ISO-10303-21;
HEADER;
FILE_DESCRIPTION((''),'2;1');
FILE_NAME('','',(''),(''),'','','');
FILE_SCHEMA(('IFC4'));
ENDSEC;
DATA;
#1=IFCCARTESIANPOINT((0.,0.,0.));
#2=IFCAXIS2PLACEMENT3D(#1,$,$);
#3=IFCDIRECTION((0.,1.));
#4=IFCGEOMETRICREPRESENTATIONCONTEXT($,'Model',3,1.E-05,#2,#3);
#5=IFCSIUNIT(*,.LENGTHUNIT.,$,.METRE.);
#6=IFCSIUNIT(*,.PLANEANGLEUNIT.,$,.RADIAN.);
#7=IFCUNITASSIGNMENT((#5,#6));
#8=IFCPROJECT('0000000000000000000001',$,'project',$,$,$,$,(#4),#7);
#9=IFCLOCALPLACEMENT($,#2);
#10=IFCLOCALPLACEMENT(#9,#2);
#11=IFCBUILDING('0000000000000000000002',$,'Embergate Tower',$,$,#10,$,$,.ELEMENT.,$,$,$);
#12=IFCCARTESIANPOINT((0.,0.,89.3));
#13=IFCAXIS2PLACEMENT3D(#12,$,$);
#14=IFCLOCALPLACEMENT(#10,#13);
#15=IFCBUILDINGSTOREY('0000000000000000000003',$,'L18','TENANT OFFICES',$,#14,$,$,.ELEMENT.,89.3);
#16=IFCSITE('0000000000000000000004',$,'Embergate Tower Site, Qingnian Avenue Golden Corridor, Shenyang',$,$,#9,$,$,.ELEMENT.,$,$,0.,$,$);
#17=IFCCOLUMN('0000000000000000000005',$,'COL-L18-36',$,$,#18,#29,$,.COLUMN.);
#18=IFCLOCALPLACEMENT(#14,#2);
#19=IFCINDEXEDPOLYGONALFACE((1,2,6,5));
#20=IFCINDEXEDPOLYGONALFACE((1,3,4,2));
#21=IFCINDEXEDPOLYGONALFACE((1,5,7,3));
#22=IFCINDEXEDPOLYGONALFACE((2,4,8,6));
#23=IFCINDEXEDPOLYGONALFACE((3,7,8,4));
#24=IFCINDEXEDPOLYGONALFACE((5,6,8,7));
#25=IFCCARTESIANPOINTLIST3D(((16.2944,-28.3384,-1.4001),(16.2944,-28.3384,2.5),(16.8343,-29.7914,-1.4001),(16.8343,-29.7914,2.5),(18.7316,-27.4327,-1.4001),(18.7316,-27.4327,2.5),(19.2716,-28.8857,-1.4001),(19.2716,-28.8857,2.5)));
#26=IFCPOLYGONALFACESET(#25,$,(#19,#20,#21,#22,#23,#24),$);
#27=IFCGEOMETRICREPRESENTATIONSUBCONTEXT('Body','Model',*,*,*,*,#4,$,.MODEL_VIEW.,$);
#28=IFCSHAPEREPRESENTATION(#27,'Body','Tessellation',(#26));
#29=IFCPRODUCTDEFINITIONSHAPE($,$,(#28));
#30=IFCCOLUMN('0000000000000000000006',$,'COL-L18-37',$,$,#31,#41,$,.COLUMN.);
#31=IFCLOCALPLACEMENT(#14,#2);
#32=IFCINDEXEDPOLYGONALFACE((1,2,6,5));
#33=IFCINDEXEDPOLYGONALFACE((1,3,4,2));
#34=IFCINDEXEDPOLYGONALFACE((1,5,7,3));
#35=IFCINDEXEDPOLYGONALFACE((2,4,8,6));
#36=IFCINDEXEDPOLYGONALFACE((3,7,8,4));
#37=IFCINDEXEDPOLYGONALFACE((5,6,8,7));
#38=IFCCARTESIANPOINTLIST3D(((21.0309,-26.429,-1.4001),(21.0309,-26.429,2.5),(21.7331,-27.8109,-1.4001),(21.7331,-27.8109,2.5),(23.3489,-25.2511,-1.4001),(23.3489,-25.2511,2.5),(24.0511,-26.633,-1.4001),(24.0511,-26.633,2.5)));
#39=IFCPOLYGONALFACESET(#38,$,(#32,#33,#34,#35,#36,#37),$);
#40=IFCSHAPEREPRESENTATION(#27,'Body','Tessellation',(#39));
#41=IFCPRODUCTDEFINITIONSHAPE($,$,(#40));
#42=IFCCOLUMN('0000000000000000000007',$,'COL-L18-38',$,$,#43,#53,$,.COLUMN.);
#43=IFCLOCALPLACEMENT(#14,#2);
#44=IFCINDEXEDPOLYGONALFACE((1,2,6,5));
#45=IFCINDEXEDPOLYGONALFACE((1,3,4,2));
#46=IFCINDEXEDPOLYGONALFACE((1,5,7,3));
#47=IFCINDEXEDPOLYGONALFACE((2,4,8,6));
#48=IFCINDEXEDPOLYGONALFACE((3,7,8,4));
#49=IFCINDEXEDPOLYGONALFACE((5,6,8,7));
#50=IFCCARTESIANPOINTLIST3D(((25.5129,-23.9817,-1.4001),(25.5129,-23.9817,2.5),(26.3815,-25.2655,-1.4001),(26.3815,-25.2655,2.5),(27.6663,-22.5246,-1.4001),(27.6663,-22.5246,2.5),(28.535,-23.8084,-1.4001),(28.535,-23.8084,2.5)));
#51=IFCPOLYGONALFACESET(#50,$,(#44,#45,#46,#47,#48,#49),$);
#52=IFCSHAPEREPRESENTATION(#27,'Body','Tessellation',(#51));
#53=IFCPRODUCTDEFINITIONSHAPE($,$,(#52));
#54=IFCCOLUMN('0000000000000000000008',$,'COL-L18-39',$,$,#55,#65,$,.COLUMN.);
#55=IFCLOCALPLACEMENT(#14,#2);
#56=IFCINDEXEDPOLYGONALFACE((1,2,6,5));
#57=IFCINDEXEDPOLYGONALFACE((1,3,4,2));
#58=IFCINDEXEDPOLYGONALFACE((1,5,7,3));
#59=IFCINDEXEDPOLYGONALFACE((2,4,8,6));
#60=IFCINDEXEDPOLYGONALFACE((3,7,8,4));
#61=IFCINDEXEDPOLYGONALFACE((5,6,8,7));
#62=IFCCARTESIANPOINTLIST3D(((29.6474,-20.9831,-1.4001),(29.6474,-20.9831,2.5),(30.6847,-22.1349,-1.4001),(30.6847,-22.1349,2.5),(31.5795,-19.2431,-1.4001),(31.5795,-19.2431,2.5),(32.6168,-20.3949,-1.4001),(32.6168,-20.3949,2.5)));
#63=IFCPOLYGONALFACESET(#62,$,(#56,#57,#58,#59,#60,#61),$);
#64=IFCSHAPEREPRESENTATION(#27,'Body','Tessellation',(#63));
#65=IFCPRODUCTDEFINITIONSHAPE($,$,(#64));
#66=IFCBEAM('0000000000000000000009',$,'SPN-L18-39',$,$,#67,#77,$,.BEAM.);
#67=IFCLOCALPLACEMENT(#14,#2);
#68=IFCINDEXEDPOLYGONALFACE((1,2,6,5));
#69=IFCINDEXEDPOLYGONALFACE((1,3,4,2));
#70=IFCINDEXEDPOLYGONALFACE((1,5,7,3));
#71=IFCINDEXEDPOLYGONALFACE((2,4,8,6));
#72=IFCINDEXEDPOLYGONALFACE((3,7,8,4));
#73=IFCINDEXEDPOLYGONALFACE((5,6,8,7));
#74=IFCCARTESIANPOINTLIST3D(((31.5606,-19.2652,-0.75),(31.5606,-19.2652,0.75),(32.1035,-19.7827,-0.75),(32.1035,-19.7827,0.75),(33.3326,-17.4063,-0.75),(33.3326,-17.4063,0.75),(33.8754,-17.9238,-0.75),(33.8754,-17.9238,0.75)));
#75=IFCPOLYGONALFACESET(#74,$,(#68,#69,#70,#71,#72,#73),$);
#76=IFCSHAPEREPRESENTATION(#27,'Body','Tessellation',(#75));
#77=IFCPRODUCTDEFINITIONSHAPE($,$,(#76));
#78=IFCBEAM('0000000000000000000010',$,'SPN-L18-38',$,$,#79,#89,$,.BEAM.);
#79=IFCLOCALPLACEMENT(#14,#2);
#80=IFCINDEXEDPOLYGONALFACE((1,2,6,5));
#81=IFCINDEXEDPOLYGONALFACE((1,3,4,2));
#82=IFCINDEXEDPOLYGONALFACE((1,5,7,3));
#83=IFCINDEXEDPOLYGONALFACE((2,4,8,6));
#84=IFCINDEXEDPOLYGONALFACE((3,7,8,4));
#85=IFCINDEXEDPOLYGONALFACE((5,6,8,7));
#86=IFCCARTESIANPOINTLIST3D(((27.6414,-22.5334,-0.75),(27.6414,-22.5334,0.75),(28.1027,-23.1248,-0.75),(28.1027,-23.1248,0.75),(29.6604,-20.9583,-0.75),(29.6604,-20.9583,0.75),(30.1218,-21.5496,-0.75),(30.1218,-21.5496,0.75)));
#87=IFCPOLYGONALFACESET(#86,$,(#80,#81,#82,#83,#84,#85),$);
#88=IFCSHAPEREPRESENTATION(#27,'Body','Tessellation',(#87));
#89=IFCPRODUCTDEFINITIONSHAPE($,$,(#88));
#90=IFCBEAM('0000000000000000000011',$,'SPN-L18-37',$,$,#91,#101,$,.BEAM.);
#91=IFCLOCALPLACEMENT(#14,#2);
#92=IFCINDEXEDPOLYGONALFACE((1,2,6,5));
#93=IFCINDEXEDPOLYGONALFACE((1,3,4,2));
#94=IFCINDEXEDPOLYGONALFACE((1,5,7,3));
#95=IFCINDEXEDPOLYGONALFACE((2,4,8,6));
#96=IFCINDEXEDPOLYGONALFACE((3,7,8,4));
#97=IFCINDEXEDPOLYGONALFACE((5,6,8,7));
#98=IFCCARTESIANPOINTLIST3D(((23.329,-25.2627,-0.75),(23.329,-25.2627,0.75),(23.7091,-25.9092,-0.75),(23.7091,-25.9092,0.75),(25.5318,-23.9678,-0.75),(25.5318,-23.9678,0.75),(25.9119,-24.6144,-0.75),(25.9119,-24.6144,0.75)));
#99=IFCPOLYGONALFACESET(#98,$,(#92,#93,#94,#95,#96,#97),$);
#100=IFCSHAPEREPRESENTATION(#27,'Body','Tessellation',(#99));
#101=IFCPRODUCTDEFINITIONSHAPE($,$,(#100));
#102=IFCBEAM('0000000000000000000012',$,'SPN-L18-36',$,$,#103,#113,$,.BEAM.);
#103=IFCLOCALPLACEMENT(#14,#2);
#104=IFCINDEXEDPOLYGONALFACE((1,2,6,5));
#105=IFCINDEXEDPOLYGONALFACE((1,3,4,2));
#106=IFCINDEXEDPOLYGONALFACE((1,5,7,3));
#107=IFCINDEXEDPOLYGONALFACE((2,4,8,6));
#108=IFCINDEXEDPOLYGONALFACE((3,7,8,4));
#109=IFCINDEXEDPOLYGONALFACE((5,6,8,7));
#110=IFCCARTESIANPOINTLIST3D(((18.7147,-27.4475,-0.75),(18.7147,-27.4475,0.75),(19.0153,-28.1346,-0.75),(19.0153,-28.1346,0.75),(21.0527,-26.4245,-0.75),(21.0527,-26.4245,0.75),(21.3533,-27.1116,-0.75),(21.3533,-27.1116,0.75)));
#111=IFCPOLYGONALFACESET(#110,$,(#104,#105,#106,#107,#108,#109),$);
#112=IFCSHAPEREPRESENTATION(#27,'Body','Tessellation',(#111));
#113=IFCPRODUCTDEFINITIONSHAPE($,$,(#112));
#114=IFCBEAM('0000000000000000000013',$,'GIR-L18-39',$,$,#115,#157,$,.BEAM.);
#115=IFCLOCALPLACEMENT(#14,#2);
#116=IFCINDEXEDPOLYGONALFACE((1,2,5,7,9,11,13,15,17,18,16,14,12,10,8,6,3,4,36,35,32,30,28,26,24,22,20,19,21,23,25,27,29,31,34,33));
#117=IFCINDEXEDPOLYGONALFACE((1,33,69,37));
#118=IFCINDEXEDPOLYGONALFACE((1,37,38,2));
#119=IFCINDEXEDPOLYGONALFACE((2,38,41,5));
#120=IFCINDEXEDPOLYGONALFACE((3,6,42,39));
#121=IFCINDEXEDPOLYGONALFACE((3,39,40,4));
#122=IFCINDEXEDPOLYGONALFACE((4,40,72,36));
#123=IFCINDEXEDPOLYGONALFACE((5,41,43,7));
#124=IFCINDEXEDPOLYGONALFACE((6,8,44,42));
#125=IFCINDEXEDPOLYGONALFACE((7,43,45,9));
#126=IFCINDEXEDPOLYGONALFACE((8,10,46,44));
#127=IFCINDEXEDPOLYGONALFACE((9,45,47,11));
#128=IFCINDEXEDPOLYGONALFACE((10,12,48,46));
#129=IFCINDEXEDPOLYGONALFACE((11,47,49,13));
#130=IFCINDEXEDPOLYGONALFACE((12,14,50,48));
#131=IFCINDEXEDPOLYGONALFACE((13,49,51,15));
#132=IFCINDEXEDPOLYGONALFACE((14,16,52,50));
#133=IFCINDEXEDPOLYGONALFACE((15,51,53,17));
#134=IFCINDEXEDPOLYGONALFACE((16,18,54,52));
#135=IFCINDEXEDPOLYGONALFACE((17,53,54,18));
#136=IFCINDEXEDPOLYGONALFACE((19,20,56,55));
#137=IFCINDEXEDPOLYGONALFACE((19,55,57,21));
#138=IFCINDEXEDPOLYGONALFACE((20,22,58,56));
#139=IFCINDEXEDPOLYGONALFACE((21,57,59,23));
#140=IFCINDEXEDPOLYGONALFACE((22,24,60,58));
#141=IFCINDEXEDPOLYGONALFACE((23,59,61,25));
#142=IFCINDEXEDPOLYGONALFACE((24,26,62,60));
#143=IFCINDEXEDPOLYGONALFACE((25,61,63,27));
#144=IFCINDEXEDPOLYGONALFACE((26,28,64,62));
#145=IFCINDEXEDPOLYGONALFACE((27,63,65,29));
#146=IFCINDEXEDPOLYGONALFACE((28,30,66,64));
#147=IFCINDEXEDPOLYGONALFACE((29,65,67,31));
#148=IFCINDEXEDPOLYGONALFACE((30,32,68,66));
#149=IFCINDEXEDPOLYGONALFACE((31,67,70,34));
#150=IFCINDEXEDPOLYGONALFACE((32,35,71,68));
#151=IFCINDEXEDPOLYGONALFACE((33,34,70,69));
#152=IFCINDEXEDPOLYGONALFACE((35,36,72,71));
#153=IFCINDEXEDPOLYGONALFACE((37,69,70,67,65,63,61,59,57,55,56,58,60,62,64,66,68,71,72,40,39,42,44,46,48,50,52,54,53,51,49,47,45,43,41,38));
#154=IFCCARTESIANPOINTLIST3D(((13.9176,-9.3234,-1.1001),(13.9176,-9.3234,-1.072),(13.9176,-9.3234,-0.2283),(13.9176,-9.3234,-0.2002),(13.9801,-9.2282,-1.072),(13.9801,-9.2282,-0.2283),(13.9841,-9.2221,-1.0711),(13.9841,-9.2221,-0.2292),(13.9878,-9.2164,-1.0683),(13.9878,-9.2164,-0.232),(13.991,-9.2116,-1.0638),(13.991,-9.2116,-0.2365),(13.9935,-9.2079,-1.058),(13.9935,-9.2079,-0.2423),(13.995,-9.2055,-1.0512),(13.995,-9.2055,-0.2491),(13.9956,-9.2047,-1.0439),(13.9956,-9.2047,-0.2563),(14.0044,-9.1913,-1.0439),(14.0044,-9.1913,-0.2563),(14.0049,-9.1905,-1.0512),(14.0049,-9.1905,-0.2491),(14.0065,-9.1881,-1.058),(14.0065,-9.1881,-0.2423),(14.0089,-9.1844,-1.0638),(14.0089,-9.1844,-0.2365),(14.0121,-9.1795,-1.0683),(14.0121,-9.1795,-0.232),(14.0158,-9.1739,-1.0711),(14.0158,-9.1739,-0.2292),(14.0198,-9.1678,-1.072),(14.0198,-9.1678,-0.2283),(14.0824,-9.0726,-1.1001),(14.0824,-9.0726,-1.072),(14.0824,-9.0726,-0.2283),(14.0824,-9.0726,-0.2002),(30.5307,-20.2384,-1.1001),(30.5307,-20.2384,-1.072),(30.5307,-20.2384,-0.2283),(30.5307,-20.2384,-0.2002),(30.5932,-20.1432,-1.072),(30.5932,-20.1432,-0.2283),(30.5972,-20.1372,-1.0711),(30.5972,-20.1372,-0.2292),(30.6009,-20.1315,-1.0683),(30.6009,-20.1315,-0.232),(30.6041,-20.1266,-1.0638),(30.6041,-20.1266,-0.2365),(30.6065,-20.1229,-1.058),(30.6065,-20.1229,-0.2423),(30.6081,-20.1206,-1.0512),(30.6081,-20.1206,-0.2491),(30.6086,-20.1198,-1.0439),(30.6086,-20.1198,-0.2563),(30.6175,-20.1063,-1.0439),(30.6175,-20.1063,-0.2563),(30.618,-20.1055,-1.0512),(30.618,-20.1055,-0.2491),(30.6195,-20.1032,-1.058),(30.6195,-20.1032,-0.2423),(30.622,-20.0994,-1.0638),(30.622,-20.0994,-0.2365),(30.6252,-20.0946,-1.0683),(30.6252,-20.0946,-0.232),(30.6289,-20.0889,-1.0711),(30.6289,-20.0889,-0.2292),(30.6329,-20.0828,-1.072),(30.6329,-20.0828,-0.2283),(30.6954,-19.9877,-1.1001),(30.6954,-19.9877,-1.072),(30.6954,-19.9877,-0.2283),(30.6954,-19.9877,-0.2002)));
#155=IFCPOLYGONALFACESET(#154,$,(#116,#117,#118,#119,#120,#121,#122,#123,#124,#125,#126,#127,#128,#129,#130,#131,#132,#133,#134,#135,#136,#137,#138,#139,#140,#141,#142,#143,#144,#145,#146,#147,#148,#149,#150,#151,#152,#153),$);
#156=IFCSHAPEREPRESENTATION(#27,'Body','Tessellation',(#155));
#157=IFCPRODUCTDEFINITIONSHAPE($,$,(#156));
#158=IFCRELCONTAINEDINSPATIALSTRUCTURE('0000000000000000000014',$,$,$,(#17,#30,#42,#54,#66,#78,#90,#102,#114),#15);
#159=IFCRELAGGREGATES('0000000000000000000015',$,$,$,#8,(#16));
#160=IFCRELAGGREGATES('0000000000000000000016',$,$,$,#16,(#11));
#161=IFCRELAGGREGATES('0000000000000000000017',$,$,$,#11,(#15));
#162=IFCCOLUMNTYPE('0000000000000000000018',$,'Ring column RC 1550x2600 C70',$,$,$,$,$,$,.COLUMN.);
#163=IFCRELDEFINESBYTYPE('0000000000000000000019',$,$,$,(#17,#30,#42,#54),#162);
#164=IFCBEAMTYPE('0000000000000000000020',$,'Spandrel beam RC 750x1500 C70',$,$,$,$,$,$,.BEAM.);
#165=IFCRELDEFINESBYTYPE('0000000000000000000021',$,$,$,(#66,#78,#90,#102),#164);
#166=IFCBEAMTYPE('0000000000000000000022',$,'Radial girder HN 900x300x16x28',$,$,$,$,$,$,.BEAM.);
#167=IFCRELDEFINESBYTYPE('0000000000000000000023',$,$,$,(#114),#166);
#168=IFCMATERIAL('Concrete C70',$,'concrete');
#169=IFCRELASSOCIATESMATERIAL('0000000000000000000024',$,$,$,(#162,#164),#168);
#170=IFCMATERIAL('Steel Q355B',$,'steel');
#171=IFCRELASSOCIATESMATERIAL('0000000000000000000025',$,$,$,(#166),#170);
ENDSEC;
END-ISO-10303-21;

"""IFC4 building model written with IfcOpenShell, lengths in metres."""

from ifc_helpers import new_model, si_unit, direction, frame, origin, origin_2d, place, context, subcontext, project, spatial, rectangle, i_section, extrude, source, transform, mapped, material, material_profile, profile_set, type_object, element, save


model = new_model("IFC4")

# Units and contexts
model_context = context("Model", 3, precision=1e-05, world=origin(), true_north=direction((0.0, 1.0)))
body_context = subcontext(model_context, "Body", "Model", "MODEL_VIEW")
ifc_project = project(units=[si_unit("LENGTHUNIT", "METRE"), si_unit("PLANEANGLEUNIT", "RADIAN")], contexts=[model_context])

# Site, building, storey
site_placement = place(None, origin())
site = spatial("IfcSite", under=ifc_project, at=site_placement, Name="Embergate Tower Site, Qingnian Avenue Golden Corridor, Shenyang", CompositionType="ELEMENT", RefElevation=0.0)
building_placement = place(site_placement, origin())
building = spatial("IfcBuilding", under=site, at=building_placement, Name="Embergate Tower", CompositionType="ELEMENT")
storey_placement = place(building_placement, frame((0.0, 0.0, 89.3)))
storey = spatial("IfcBuildingStorey", under=building, at=storey_placement, Name="L18", Description="TENANT OFFICES", CompositionType="ELEMENT", Elevation=89.3)

# Columns
ifc_material_1 = material(Name="Concrete C70", Category="concrete")
ifc_material_profile_1 = material_profile(ifc_material_1, rectangle(XDim=1.55, YDim=2.6001, at=origin_2d()), Name="RC 1550x2600")
ifc_profile_set_1 = profile_set([ifc_material_profile_1], Name="Concrete C70")
column_type = type_object("IfcColumnType", Name="Ring column RC 1550x2600 C70", PredefinedType="COLUMN", material=ifc_profile_set_1)
shared_shape_1 = source(origin(), body_context, "Body", "SweptSolid", [
    extrude(rectangle(XDim=1.55, YDim=2.6001, at=origin_2d()), origin(), (0.0, 0.0, 1.0), 3.9001),
])
for number, where, z_axis, x_axis, name in (
    (1, (17.783, -28.6121, -1.4001), (0.0, 0.0, 1.0), (0.348343, -0.937367, 0.0), "COL-L18-36"),
    (2, (22.541, -26.531, -1.4001), (0.0, 0.0, 1.0), (0.452995, -0.891513, 0.0), "COL-L18-37"),
    (3, (27.0239, -23.895, -1.4001), (0.0, 0.0, 1.0), (0.560393, -0.828227, 0.0), "COL-L18-38"),
    (4, (31.1321, -20.689, -1.4001), (0.0, 0.0, 1.0), (0.669208, -0.743075, 0.0), "COL-L18-39"),
):
    element("IfcColumn", number, at=place(storey_placement, frame(where, z_axis=z_axis, x_axis=x_axis)), inside=storey, type_object=column_type, Name=name, PredefinedType="COLUMN", context=body_context, shape_type="MappedRepresentation", body=[
        mapped(shared_shape_1, transform((0.0, 0.0, 0.0))),
    ])

# Beams
ifc_material_profile_2 = material_profile(ifc_material_1, rectangle(XDim=0.75, YDim=1.5, at=origin_2d()), Name="RC 750x1500")
ifc_profile_set_2 = profile_set([ifc_material_profile_2], Name="Concrete C70")
beam_type_1 = type_object("IfcBeamType", Name="Spandrel beam RC 750x1500 C70", PredefinedType="BEAM", material=ifc_profile_set_2)
shared_shape_2 = source(origin(), body_context, "Body", "SweptSolid", [
    extrude(rectangle(XDim=0.75, YDim=1.5, at=origin_2d()), origin(), (0.0, 0.0, 1.0), 2.5681),
])
beam_1_placement = place(storey_placement, frame((31.832, -19.5239, 0.0), z_axis=(0.689983, 0.723826, 0.0), x_axis=(-0.723826, 0.689983, 0.0)))
element("IfcBeam", 5, at=beam_1_placement, inside=storey, type_object=beam_type_1, Name="SPN-L18-39", PredefinedType="BEAM", context=body_context, shape_type="MappedRepresentation", body=[
    mapped(shared_shape_2, transform((0.0, 0.0, 0.0))),
])
shared_shape_3 = source(origin(), body_context, "Body", "SweptSolid", [
    extrude(rectangle(XDim=0.75, YDim=1.5, at=origin_2d()), origin(), (0.0, 0.0, 1.0), 2.5608),
])
beam_2_placement = place(storey_placement, frame((27.8721, -22.8291, 0.0), z_axis=(0.788438, 0.615115, 0.0), x_axis=(-0.615115, 0.788438, 0.0)))
element("IfcBeam", 6, at=beam_2_placement, inside=storey, type_object=beam_type_1, Name="SPN-L18-38", PredefinedType="BEAM", context=body_context, shape_type="MappedRepresentation", body=[
    mapped(shared_shape_3, transform((0.0, 0.0, 0.0))),
])
shared_shape_4 = source(origin(), body_context, "Body", "SweptSolid", [
    extrude(rectangle(XDim=0.75, YDim=1.5, at=origin_2d()), origin(), (0.0, 0.0, 1.0), 2.5552),
])
beam_3_placement = place(storey_placement, frame((23.519, -25.5859, 0.0), z_axis=(0.862086, 0.506761, 0.0), x_axis=(-0.506761, 0.862086, 0.0)))
element("IfcBeam", 7, at=beam_3_placement, inside=storey, type_object=beam_type_1, Name="SPN-L18-37", PredefinedType="BEAM", context=body_context, shape_type="MappedRepresentation", body=[
    mapped(shared_shape_4, transform((0.0, 0.0, 0.0))),
])
shared_shape_5 = source(origin(), body_context, "Body", "SweptSolid", [
    extrude(rectangle(XDim=0.75, YDim=1.5, at=origin_2d()), origin(), (0.0, 0.0, 1.0), 2.552),
])
beam_4_placement = place(storey_placement, frame((18.865, -27.791, 0.0), z_axis=(0.91614, 0.400859, 0.0), x_axis=(-0.400859, 0.91614, 0.0)))
element("IfcBeam", 8, at=beam_4_placement, inside=storey, type_object=beam_type_1, Name="SPN-L18-36", PredefinedType="BEAM", context=body_context, shape_type="MappedRepresentation", body=[
    mapped(shared_shape_5, transform((0.0, 0.0, 0.0))),
])
ifc_material_2 = material(Name="Steel Q355B", Category="steel")
ifc_material_profile_3 = material_profile(ifc_material_2, i_section(OverallWidth=0.3, OverallDepth=0.8999, WebThickness=0.0161, FlangeThickness=0.0281, FilletRadius=0.0281, at=origin_2d()), Name="HN 900x300x16x28")
ifc_profile_set_3 = profile_set([ifc_material_profile_3], Name="Steel Q355 grade B")
beam_type_2 = type_object("IfcBeamType", Name="Radial girder HN 900x300x16x28", PredefinedType="BEAM", material=ifc_profile_set_3)
shared_shape_6 = source(origin(), body_context, "Body", "SweptSolid", [
    extrude(i_section(OverallWidth=0.3, OverallDepth=0.8999, WebThickness=0.0161, FlangeThickness=0.0281, FilletRadius=0.0281, at=origin_2d()), origin(), (0.0, 0.0, 1.0), 19.8779),
])
beam_5_placement = place(storey_placement, frame((30.613, -20.113, -0.6501), z_axis=(-0.835754, 0.549104, 0.0), x_axis=(-0.549104, -0.835754, 0.0)))
element("IfcBeam", 9, at=beam_5_placement, inside=storey, type_object=beam_type_2, Name="GIR-L18-39", PredefinedType="BEAM", context=body_context, shape_type="MappedRepresentation", body=[
    mapped(shared_shape_6, transform((0.0, 0.0, 0.0))),
])

save(model, "model.ifc")
